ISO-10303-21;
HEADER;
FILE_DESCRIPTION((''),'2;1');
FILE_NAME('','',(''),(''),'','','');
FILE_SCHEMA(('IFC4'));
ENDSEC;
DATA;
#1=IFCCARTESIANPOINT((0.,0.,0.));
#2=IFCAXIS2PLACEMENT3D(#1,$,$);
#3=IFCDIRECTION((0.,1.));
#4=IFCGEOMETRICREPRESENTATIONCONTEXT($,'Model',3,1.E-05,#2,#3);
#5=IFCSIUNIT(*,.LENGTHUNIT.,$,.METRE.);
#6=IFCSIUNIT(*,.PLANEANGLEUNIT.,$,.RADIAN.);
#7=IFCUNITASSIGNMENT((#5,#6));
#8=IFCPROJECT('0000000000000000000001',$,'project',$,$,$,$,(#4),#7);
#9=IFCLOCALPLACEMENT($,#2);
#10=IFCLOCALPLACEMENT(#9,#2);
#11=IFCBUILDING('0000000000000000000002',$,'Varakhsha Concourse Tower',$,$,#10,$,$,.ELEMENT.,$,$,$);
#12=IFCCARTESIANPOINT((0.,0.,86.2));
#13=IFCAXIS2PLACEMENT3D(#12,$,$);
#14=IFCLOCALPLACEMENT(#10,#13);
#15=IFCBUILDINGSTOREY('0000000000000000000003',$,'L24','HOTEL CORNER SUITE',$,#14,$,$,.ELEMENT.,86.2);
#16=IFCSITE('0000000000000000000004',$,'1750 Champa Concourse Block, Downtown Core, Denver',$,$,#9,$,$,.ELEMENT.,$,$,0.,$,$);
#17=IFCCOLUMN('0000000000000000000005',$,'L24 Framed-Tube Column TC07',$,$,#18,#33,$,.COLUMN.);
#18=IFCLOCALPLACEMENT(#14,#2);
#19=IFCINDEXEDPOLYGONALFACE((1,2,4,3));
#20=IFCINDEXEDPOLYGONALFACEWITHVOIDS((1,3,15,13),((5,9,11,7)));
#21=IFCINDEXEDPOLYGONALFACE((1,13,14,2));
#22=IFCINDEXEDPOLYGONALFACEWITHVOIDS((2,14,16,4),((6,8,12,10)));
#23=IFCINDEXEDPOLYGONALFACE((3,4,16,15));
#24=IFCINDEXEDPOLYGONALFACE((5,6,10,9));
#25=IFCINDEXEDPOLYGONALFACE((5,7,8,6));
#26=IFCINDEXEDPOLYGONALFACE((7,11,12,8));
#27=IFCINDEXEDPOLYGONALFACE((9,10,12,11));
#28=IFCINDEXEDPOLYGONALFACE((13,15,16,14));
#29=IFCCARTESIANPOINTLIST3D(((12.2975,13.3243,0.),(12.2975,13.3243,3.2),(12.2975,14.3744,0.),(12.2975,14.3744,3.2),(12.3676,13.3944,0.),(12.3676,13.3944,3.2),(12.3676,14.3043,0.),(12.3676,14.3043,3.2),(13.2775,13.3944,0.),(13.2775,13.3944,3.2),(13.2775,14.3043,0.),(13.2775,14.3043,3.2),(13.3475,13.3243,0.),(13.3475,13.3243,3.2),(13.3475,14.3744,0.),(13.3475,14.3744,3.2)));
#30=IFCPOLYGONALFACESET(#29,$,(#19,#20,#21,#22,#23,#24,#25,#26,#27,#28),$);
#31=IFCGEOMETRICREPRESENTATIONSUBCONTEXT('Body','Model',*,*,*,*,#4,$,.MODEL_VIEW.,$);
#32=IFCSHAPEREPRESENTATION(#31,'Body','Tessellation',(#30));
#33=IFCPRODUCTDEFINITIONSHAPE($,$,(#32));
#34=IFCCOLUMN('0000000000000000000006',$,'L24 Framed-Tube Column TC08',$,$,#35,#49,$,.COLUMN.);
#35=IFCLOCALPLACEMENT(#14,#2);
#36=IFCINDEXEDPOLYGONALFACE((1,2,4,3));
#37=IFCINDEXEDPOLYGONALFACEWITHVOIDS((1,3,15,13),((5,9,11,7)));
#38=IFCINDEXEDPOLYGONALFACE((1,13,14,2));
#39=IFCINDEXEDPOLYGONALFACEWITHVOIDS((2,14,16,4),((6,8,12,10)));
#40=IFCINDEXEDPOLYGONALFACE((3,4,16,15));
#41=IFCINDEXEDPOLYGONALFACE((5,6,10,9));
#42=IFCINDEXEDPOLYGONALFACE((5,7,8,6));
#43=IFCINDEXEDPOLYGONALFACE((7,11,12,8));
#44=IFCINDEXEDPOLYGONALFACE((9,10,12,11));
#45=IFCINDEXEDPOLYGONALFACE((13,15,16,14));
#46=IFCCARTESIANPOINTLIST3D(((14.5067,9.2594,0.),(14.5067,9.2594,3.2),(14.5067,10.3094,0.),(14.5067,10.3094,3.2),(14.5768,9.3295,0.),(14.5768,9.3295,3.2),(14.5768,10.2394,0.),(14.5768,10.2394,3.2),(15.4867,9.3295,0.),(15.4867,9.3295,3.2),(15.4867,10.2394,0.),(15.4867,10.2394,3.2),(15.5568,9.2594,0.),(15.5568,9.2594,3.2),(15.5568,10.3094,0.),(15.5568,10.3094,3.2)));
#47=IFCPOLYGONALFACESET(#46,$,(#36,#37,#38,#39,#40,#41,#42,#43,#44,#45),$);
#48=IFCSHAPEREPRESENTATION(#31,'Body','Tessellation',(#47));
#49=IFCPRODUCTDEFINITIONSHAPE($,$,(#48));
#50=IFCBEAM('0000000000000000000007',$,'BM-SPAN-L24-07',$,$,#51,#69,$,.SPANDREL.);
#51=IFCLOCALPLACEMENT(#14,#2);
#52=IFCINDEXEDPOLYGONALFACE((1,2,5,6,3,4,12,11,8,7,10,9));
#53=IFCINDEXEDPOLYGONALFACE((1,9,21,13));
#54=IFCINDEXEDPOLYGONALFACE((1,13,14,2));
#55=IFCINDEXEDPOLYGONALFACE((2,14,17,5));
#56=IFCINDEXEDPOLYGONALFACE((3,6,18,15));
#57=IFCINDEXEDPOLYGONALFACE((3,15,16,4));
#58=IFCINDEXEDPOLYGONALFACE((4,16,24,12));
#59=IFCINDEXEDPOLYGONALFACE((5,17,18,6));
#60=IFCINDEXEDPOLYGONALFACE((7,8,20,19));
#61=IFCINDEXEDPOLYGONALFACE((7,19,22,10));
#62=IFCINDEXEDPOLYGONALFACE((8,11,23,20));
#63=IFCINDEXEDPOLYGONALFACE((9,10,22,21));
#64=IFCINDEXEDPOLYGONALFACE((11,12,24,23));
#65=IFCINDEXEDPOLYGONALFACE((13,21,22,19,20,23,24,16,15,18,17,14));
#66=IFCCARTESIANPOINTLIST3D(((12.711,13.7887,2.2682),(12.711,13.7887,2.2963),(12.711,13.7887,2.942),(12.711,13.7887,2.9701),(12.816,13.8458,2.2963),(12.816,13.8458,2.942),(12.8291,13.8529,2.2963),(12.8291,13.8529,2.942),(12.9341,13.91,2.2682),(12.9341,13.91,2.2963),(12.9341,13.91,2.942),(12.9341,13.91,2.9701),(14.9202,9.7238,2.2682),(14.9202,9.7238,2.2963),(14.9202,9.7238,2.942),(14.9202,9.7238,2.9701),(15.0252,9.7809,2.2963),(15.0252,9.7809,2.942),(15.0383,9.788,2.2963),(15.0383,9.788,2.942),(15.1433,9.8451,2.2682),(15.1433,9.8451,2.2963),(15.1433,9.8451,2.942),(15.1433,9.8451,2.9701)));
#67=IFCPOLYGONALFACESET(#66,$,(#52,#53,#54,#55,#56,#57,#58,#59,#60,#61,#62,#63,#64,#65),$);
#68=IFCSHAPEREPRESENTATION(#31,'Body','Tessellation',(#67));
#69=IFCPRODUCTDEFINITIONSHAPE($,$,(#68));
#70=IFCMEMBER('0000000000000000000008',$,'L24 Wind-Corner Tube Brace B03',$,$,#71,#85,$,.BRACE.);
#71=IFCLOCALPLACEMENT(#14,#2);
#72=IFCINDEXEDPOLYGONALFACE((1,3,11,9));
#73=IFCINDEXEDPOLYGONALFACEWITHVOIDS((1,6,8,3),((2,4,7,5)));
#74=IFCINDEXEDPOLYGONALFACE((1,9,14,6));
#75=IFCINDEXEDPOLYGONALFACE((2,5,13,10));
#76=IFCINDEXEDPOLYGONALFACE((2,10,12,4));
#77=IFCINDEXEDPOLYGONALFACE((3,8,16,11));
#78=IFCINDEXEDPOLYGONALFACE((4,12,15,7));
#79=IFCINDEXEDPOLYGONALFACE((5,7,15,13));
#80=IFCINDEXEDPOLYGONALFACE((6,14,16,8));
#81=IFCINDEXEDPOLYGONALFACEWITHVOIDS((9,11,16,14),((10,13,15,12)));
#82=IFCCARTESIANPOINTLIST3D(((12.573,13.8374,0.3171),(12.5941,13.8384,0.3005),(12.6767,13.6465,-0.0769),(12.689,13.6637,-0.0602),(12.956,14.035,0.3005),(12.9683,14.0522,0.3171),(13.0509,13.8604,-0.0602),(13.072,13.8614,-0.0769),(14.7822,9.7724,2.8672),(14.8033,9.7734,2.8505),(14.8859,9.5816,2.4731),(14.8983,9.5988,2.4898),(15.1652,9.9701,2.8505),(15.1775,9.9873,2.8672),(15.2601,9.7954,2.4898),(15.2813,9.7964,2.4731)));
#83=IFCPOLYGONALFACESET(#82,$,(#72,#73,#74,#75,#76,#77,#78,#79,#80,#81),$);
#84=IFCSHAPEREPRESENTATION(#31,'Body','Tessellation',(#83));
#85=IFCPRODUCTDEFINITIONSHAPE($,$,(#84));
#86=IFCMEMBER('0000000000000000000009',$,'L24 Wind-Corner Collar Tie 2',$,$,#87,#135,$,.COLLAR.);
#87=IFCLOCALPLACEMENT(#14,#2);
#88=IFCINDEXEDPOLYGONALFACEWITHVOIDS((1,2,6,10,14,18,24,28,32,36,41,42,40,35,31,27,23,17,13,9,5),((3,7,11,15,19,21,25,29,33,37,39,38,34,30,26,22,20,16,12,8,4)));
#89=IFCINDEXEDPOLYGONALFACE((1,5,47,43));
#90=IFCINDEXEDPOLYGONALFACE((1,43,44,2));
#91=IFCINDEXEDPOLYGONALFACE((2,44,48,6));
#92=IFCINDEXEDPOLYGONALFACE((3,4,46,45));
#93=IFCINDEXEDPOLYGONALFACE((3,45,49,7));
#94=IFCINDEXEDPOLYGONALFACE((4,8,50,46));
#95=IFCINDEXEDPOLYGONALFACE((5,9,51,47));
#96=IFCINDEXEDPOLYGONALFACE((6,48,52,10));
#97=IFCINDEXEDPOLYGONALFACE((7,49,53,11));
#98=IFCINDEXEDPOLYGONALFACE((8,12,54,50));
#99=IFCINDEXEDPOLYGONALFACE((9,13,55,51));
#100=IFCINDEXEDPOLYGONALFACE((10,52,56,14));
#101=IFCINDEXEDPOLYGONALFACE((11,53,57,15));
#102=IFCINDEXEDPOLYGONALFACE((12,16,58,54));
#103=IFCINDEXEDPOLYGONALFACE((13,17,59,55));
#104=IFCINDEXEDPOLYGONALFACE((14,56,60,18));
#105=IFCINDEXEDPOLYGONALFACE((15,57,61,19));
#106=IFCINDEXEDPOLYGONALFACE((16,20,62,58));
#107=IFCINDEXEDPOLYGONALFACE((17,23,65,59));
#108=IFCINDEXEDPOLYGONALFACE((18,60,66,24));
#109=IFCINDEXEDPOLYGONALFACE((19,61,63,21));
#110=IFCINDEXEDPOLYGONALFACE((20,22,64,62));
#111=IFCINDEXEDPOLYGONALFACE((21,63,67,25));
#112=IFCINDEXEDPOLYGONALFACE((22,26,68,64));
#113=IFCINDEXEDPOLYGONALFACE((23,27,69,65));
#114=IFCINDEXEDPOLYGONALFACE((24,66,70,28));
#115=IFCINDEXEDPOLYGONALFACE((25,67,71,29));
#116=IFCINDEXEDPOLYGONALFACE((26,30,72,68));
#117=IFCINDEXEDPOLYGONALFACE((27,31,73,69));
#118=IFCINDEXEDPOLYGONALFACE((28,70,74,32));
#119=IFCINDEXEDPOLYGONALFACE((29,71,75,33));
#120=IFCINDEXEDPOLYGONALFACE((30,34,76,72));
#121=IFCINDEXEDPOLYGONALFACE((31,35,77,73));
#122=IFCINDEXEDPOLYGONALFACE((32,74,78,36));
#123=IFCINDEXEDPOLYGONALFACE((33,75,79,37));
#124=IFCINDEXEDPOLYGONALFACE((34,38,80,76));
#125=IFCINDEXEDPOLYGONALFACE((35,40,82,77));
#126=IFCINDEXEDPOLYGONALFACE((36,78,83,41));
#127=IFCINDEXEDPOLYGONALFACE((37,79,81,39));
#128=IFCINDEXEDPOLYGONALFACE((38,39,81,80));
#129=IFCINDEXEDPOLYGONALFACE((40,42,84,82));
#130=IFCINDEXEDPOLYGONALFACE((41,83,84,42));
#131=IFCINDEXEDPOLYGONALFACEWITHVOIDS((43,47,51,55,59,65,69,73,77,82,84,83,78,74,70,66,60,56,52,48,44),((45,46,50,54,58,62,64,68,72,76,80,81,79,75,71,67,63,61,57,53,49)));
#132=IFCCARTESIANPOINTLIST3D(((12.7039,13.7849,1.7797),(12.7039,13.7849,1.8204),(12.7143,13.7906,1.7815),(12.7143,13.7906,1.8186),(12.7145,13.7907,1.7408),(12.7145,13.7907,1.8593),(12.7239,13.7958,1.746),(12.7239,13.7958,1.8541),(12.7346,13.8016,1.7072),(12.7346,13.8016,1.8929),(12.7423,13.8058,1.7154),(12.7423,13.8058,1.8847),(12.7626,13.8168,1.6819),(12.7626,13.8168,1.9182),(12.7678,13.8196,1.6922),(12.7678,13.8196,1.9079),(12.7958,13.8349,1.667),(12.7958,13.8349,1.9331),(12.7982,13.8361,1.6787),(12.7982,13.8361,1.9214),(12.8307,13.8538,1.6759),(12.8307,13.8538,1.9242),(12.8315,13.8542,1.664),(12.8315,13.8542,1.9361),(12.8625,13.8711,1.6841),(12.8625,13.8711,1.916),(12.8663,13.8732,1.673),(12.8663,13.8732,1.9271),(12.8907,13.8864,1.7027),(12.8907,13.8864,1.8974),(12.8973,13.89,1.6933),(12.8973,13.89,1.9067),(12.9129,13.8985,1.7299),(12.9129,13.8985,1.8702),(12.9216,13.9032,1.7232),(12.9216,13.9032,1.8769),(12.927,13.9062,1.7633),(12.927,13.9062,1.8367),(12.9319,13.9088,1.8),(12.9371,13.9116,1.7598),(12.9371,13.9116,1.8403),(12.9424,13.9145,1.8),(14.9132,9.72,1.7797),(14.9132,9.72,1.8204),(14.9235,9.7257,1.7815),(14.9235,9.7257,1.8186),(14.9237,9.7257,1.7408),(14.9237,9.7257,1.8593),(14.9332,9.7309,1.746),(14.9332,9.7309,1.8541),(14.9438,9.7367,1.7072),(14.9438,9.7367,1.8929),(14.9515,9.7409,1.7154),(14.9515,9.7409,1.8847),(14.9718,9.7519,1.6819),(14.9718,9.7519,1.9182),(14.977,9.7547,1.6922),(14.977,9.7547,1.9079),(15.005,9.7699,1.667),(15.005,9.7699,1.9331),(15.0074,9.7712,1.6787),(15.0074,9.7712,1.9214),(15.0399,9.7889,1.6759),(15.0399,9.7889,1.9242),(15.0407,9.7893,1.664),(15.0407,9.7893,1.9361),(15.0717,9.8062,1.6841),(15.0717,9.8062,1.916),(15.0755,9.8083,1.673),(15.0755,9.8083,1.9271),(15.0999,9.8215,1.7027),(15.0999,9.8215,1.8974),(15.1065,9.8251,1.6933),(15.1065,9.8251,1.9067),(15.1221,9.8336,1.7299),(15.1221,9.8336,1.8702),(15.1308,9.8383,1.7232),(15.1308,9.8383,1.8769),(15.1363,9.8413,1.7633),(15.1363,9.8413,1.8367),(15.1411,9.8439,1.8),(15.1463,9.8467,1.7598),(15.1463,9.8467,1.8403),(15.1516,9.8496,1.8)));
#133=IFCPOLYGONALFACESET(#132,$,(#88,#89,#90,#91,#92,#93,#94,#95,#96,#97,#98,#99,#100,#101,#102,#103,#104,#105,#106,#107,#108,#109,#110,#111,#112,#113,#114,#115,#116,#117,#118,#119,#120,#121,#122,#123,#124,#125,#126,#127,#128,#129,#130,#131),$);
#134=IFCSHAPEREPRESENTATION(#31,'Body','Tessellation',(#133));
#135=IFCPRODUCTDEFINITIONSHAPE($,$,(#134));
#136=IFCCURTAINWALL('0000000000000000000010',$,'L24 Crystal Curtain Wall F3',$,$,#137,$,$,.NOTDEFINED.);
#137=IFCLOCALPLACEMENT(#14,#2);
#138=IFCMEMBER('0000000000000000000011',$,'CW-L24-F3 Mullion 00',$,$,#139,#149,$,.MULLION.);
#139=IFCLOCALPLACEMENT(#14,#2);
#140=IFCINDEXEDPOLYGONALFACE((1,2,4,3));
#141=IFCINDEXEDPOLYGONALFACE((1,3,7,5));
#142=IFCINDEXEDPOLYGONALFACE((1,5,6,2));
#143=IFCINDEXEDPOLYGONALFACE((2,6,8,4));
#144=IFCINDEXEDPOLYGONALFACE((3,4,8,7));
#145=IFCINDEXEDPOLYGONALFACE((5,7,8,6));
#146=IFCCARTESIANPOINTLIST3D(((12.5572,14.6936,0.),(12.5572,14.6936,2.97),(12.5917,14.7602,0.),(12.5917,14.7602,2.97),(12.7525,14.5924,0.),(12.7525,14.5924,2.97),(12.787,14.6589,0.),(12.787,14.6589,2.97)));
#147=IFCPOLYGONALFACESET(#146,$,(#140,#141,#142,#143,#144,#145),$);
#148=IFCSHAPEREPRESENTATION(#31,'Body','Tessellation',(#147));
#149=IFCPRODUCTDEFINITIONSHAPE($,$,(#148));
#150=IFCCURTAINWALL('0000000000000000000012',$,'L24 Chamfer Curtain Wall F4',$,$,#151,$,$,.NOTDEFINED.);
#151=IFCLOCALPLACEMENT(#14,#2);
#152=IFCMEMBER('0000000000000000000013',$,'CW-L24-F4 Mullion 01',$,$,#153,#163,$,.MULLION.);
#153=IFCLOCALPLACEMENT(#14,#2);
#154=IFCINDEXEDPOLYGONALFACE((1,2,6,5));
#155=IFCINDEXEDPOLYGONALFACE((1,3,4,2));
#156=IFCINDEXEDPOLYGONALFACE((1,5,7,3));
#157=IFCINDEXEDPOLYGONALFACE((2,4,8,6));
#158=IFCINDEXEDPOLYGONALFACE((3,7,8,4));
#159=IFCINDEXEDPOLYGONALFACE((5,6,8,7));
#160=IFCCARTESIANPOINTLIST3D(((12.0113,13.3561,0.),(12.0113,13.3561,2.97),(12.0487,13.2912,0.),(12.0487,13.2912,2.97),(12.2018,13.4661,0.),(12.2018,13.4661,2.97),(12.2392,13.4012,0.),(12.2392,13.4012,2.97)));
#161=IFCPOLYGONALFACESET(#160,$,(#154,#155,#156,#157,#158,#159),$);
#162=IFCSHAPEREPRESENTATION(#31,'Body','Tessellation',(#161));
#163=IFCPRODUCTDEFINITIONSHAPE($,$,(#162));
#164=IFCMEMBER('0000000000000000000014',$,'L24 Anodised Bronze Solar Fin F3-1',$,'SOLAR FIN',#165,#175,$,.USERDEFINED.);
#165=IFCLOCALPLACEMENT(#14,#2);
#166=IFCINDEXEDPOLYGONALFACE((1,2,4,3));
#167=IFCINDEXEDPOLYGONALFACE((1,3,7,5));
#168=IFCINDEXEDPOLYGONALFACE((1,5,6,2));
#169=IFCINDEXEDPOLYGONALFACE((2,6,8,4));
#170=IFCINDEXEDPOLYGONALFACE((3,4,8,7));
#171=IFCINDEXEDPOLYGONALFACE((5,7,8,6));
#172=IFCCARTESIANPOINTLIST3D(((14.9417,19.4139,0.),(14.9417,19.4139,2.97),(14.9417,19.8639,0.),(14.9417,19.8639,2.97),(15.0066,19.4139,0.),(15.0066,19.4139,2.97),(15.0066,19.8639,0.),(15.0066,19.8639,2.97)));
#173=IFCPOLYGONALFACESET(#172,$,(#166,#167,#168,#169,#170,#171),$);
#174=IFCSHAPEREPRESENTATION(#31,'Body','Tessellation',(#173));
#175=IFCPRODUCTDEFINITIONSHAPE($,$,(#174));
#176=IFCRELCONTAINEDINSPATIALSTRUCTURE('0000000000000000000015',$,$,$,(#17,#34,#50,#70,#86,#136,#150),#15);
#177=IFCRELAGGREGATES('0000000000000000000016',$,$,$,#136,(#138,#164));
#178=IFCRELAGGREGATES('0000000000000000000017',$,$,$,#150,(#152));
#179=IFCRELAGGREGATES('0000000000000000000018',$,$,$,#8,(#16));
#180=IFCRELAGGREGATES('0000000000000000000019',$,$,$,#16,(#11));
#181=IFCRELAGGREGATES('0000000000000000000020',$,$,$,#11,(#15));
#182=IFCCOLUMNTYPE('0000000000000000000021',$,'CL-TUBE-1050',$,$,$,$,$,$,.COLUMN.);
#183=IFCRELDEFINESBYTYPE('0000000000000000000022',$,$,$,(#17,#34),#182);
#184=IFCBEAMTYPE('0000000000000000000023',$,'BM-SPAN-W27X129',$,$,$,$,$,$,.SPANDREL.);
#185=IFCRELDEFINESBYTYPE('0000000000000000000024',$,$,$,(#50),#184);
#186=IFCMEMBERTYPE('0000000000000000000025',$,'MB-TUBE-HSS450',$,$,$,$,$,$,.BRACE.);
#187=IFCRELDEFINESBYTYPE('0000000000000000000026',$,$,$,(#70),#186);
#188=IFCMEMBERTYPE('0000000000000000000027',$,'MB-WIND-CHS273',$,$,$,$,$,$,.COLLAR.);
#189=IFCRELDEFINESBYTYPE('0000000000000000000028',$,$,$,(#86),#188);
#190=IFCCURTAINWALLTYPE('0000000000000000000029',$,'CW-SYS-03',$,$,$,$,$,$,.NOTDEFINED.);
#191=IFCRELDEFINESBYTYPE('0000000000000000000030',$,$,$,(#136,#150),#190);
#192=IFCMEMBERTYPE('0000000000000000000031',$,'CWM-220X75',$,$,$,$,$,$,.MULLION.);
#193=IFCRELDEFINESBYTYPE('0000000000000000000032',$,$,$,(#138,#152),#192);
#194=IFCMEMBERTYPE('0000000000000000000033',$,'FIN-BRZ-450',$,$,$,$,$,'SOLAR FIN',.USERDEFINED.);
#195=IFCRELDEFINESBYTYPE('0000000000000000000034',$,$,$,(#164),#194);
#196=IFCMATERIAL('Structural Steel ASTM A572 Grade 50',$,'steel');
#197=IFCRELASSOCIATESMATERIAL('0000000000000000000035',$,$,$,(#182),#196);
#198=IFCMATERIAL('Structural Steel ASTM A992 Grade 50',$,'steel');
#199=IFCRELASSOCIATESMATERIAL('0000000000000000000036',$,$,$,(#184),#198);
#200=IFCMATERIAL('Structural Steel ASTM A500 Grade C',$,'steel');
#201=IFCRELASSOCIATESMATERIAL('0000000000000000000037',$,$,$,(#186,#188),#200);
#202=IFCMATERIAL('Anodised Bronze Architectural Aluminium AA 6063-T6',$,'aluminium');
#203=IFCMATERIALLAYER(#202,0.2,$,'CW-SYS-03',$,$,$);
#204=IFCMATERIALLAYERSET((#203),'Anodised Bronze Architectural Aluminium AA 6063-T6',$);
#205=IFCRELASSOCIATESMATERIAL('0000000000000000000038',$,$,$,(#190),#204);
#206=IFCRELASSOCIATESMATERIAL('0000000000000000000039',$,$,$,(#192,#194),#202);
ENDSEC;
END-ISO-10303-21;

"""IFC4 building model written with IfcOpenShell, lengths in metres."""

from ifc_helpers import new_model, si_unit, direction, frame, origin, origin_2d, place, context, subcontext, project, spatial, rectangle, hollow_rectangle, hollow_circle, i_section, extrude, source, transform, mapped, material, layer, layer_set, material_profile, profile_set, type_object, type_shapes, element, aggregate, save


model = new_model("IFC4")

# Units and contexts
model_context = context("Model", 3, precision=1e-05, world=origin(), true_north=direction((0.0, 1.0)))
body_context = subcontext(model_context, "Body", "Model", "MODEL_VIEW")
ifc_project = project(units=[si_unit("LENGTHUNIT", "METRE"), si_unit("PLANEANGLEUNIT", "RADIAN")], contexts=[model_context])

# Site, building, storey
site_placement = place(None, origin())
site = spatial("IfcSite", under=ifc_project, at=site_placement, Name="1750 Champa Concourse Block, Downtown Core, Denver", CompositionType="ELEMENT", RefElevation=0.0)
building_placement = place(site_placement, origin())
building = spatial("IfcBuilding", under=site, at=building_placement, Name="Varakhsha Concourse Tower", CompositionType="ELEMENT")
storey_placement = place(building_placement, frame((0.0, 0.0, 86.2)))
storey = spatial("IfcBuildingStorey", under=building, at=storey_placement, Name="L24", Description="HOTEL CORNER SUITE", CompositionType="ELEMENT", Elevation=86.2)

# Columns
ifc_material_1 = material(Name="Structural Steel ASTM A572 Grade 50", Category="steel")
ifc_material_profile_1 = material_profile(ifc_material_1, hollow_rectangle(XDim=1.05, YDim=1.05, WallThickness=0.0701, at=origin_2d()), Name="BOX 1050x1050x70")
ifc_profile_set_1 = profile_set([ifc_material_profile_1], Name="Structural Steel ASTM A572 Grade 50")
column_type = type_object("IfcColumnType", Name="CL-TUBE-1050", PredefinedType="COLUMN", material=ifc_profile_set_1)
for number, where, z_axis, x_axis, name in (
    (1, (12.8225, 13.8494, 0.0), (0.0, 0.0, 1.0), (1.0, 0.0, 0.0), "L24 Framed-Tube Column TC07"),
    (2, (15.0317, 9.7844, 0.0), (0.0, 0.0, 1.0), (1.0, 0.0, 0.0), "L24 Framed-Tube Column TC08"),
):
    element("IfcColumn", number, at=place(storey_placement, frame(where, z_axis=z_axis, x_axis=x_axis)), inside=storey, type_object=column_type, Name=name, PredefinedType="COLUMN", context=body_context, shape_type="SweptSolid", body=[
        extrude(hollow_rectangle(XDim=1.05, YDim=1.05, WallThickness=0.0701, at=origin_2d()), origin(), (0.0, 0.0, 1.0), 3.2),
    ])

# Beam
ifc_material_2 = material(Name="Structural Steel ASTM A992 Grade 50", Category="steel")
ifc_material_profile_2 = material_profile(ifc_material_2, i_section(OverallWidth=0.2539, OverallDepth=0.7019, WebThickness=0.0149, FlangeThickness=0.0281, at=origin_2d()), Name="W27X129")
ifc_profile_set_2 = profile_set([ifc_material_profile_2], Name="Structural Steel ASTM A992 Grade 50")
beam_type = type_object("IfcBeamType", Name="BM-SPAN-W27X129", PredefinedType="SPANDREL", material=ifc_profile_set_2)
beam_placement = place(storey_placement, frame((12.8225, 13.8494, 2.6191), z_axis=(0.477517, -0.878623, 0.0), x_axis=(0.878623, 0.477517, 0.0)))
element("IfcBeam", 3, at=beam_placement, inside=storey, type_object=beam_type, Name="BM-SPAN-L24-07", PredefinedType="SPANDREL", context=body_context, shape_type="SweptSolid", body=[
    extrude(i_section(OverallWidth=0.2539, OverallDepth=0.7019, WebThickness=0.0149, FlangeThickness=0.0281, at=origin_2d()), origin(), (0.0, 0.0, 1.0), 4.6265),
])

# Members
ifc_material_3 = material(Name="Structural Steel ASTM A500 Grade C", Category="steel")
ifc_material_profile_3 = material_profile(ifc_material_3, hollow_rectangle(XDim=0.45, YDim=0.45, WallThickness=0.019, at=origin_2d()), Name="HSS 450x450x19")
ifc_profile_set_3 = profile_set([ifc_material_profile_3], Name="Structural Steel ASTM A500 Grade C")
member_type_1 = type_object("IfcMemberType", Name="MB-TUBE-HSS450", PredefinedType="BRACE", material=ifc_profile_set_3)
shared_shape_1 = source(origin(), body_context, "Body", "SweptSolid", [
    extrude(hollow_rectangle(XDim=0.45, YDim=0.45, WallThickness=0.019, at=origin_2d()), origin(), (0.0, 0.0, 1.0), 5.2827),
])
type_shapes(member_type_1, [shared_shape_1])
member_1_placement = place(storey_placement, frame((12.8225, 13.8494, 0.1201), z_axis=(0.418199, -0.769478, 0.482715), x_axis=(0.878623, 0.477517, 0.0)))
element("IfcMember", 4, at=member_1_placement, inside=storey, type_object=member_type_1, Name="L24 Wind-Corner Tube Brace B03", PredefinedType="BRACE", context=body_context, shape_type="MappedRepresentation", body=[
    mapped(shared_shape_1, transform((0.0, 0.0, 0.0), scale=1.0)),
])
ifc_material_profile_4 = material_profile(ifc_material_3, hollow_circle(Radius=0.1365, WallThickness=0.012, at=origin_2d()), Name="CHS 273x12")
ifc_profile_set_4 = profile_set([ifc_material_profile_4], Name="Structural Steel ASTM A500 Grade C")
member_type_2 = type_object("IfcMemberType", Name="MB-WIND-CHS273", PredefinedType="COLLAR", material=ifc_profile_set_4)
shared_shape_2 = source(origin(), body_context, "Body", "SweptSolid", [
    extrude(hollow_circle(Radius=0.1365, WallThickness=0.012, at=origin_2d()), origin(), (0.0, 0.0, 1.0), 4.6265),
])
type_shapes(member_type_2, [shared_shape_2])
member_2_placement = place(storey_placement, frame((12.8225, 13.8494, 1.8), z_axis=(0.477517, -0.878623, 0.0), x_axis=(0.878623, 0.477517, 0.0)))
element("IfcMember", 5, at=member_2_placement, inside=storey, type_object=member_type_2, Name="L24 Wind-Corner Collar Tie 2", PredefinedType="COLLAR", context=body_context, shape_type="MappedRepresentation", body=[
    mapped(shared_shape_2, transform((0.0, 0.0, 0.0), scale=1.0)),
])

# Curtain walls, members
ifc_material_4 = material(Name="Anodised Bronze Architectural Aluminium AA 6063-T6", Category="aluminium")
ifc_layer_1 = layer(ifc_material_4, 0.2, Name="CW-SYS-03")
ifc_layer_set_1 = layer_set([ifc_layer_1], Name="Anodised Bronze Architectural Aluminium AA 6063-T6")
curtain_wall_type = type_object("IfcCurtainWallType", Name="CW-SYS-03", PredefinedType="NOTDEFINED", material=ifc_layer_set_1)
curtain_wall_1_placement = place(storey_placement, origin())
curtain_wall_1 = element("IfcCurtainWall", 6, at=curtain_wall_1_placement, inside=storey, type_object=curtain_wall_type, Name="L24 Crystal Curtain Wall F3", PredefinedType="NOTDEFINED")
ifc_material_profile_5 = material_profile(ifc_material_4, rectangle(XDim=0.075, YDim=0.22, at=origin_2d()), Name="CWM-220X75")
ifc_profile_set_5 = profile_set([ifc_material_profile_5], Name="Anodised Bronze Architectural Aluminium AA 6063-T6")
member_type_3 = type_object("IfcMemberType", Name="CWM-220X75", PredefinedType="MULLION", material=ifc_profile_set_5)
shared_shape_3 = source(origin(), body_context, "Body", "SweptSolid", [
    extrude(rectangle(XDim=0.075, YDim=0.22, at=origin_2d()), origin(), (0.0, 0.0, 1.0), 2.97),
])
type_shapes(member_type_3, [shared_shape_3])
member_3_placement = place(storey_placement, frame((12.6721, 14.6763, 0.0), z_axis=(0.0, 0.0, 1.0), x_axis=(0.460186, 0.887823, 0.0)))
member_3 = element("IfcMember", 7, at=member_3_placement, type_object=member_type_3, Name="CW-L24-F3 Mullion 00", PredefinedType="MULLION", context=body_context, shape_type="MappedRepresentation", body=[
    mapped(shared_shape_3, transform((0.0, 0.0, 0.0), scale=1.0)),
])
curtain_wall_2_placement = place(storey_placement, origin())
curtain_wall_2 = element("IfcCurtainWall", 8, at=curtain_wall_2_placement, inside=storey, type_object=curtain_wall_type, Name="L24 Chamfer Curtain Wall F4", PredefinedType="NOTDEFINED")
member_4_placement = place(storey_placement, frame((12.1252, 13.3787, 0.0), z_axis=(0.0, 0.0, 1.0), x_axis=(-0.499997, 0.866027, 0.0)))
member_4 = element("IfcMember", 9, at=member_4_placement, type_object=member_type_3, Name="CW-L24-F4 Mullion 01", PredefinedType="MULLION", context=body_context, shape_type="MappedRepresentation", body=[
    mapped(shared_shape_3, transform((0.0, 0.0, 0.0), scale=1.0)),
])

# Member
ifc_material_profile_6 = material_profile(ifc_material_4, rectangle(XDim=0.0649, YDim=0.45, at=origin_2d()), Name="FIN-BRZ-450")
ifc_profile_set_6 = profile_set([ifc_material_profile_6], Name="Anodised Bronze Architectural Aluminium AA 6063-T6")
member_type_4 = type_object("IfcMemberType", Name="FIN-BRZ-450", ElementType="SOLAR FIN", PredefinedType="USERDEFINED", material=ifc_profile_set_6)
shared_shape_4 = source(origin(), body_context, "Body", "SweptSolid", [
    extrude(rectangle(XDim=0.0649, YDim=0.45, at=origin_2d()), origin(), (0.0, 0.0, 1.0), 2.97),
])
type_shapes(member_type_4, [shared_shape_4])
member_5_placement = place(storey_placement, frame((14.9741, 19.6389, 0.0), z_axis=(0.0, 0.0, 1.0), x_axis=(1.0, 0.0, 0.0)))
member_5 = element("IfcMember", 10, at=member_5_placement, type_object=member_type_4, Name="L24 Anodised Bronze Solar Fin F3-1", ObjectType="SOLAR FIN", PredefinedType="USERDEFINED", context=body_context, shape_type="MappedRepresentation", body=[
    mapped(shared_shape_4, transform((0.0, 0.0, 0.0), scale=1.0)),
])
aggregate(curtain_wall_1, [member_3, member_5])

aggregate(curtain_wall_2, [member_4])

save(model, "model.ifc")
